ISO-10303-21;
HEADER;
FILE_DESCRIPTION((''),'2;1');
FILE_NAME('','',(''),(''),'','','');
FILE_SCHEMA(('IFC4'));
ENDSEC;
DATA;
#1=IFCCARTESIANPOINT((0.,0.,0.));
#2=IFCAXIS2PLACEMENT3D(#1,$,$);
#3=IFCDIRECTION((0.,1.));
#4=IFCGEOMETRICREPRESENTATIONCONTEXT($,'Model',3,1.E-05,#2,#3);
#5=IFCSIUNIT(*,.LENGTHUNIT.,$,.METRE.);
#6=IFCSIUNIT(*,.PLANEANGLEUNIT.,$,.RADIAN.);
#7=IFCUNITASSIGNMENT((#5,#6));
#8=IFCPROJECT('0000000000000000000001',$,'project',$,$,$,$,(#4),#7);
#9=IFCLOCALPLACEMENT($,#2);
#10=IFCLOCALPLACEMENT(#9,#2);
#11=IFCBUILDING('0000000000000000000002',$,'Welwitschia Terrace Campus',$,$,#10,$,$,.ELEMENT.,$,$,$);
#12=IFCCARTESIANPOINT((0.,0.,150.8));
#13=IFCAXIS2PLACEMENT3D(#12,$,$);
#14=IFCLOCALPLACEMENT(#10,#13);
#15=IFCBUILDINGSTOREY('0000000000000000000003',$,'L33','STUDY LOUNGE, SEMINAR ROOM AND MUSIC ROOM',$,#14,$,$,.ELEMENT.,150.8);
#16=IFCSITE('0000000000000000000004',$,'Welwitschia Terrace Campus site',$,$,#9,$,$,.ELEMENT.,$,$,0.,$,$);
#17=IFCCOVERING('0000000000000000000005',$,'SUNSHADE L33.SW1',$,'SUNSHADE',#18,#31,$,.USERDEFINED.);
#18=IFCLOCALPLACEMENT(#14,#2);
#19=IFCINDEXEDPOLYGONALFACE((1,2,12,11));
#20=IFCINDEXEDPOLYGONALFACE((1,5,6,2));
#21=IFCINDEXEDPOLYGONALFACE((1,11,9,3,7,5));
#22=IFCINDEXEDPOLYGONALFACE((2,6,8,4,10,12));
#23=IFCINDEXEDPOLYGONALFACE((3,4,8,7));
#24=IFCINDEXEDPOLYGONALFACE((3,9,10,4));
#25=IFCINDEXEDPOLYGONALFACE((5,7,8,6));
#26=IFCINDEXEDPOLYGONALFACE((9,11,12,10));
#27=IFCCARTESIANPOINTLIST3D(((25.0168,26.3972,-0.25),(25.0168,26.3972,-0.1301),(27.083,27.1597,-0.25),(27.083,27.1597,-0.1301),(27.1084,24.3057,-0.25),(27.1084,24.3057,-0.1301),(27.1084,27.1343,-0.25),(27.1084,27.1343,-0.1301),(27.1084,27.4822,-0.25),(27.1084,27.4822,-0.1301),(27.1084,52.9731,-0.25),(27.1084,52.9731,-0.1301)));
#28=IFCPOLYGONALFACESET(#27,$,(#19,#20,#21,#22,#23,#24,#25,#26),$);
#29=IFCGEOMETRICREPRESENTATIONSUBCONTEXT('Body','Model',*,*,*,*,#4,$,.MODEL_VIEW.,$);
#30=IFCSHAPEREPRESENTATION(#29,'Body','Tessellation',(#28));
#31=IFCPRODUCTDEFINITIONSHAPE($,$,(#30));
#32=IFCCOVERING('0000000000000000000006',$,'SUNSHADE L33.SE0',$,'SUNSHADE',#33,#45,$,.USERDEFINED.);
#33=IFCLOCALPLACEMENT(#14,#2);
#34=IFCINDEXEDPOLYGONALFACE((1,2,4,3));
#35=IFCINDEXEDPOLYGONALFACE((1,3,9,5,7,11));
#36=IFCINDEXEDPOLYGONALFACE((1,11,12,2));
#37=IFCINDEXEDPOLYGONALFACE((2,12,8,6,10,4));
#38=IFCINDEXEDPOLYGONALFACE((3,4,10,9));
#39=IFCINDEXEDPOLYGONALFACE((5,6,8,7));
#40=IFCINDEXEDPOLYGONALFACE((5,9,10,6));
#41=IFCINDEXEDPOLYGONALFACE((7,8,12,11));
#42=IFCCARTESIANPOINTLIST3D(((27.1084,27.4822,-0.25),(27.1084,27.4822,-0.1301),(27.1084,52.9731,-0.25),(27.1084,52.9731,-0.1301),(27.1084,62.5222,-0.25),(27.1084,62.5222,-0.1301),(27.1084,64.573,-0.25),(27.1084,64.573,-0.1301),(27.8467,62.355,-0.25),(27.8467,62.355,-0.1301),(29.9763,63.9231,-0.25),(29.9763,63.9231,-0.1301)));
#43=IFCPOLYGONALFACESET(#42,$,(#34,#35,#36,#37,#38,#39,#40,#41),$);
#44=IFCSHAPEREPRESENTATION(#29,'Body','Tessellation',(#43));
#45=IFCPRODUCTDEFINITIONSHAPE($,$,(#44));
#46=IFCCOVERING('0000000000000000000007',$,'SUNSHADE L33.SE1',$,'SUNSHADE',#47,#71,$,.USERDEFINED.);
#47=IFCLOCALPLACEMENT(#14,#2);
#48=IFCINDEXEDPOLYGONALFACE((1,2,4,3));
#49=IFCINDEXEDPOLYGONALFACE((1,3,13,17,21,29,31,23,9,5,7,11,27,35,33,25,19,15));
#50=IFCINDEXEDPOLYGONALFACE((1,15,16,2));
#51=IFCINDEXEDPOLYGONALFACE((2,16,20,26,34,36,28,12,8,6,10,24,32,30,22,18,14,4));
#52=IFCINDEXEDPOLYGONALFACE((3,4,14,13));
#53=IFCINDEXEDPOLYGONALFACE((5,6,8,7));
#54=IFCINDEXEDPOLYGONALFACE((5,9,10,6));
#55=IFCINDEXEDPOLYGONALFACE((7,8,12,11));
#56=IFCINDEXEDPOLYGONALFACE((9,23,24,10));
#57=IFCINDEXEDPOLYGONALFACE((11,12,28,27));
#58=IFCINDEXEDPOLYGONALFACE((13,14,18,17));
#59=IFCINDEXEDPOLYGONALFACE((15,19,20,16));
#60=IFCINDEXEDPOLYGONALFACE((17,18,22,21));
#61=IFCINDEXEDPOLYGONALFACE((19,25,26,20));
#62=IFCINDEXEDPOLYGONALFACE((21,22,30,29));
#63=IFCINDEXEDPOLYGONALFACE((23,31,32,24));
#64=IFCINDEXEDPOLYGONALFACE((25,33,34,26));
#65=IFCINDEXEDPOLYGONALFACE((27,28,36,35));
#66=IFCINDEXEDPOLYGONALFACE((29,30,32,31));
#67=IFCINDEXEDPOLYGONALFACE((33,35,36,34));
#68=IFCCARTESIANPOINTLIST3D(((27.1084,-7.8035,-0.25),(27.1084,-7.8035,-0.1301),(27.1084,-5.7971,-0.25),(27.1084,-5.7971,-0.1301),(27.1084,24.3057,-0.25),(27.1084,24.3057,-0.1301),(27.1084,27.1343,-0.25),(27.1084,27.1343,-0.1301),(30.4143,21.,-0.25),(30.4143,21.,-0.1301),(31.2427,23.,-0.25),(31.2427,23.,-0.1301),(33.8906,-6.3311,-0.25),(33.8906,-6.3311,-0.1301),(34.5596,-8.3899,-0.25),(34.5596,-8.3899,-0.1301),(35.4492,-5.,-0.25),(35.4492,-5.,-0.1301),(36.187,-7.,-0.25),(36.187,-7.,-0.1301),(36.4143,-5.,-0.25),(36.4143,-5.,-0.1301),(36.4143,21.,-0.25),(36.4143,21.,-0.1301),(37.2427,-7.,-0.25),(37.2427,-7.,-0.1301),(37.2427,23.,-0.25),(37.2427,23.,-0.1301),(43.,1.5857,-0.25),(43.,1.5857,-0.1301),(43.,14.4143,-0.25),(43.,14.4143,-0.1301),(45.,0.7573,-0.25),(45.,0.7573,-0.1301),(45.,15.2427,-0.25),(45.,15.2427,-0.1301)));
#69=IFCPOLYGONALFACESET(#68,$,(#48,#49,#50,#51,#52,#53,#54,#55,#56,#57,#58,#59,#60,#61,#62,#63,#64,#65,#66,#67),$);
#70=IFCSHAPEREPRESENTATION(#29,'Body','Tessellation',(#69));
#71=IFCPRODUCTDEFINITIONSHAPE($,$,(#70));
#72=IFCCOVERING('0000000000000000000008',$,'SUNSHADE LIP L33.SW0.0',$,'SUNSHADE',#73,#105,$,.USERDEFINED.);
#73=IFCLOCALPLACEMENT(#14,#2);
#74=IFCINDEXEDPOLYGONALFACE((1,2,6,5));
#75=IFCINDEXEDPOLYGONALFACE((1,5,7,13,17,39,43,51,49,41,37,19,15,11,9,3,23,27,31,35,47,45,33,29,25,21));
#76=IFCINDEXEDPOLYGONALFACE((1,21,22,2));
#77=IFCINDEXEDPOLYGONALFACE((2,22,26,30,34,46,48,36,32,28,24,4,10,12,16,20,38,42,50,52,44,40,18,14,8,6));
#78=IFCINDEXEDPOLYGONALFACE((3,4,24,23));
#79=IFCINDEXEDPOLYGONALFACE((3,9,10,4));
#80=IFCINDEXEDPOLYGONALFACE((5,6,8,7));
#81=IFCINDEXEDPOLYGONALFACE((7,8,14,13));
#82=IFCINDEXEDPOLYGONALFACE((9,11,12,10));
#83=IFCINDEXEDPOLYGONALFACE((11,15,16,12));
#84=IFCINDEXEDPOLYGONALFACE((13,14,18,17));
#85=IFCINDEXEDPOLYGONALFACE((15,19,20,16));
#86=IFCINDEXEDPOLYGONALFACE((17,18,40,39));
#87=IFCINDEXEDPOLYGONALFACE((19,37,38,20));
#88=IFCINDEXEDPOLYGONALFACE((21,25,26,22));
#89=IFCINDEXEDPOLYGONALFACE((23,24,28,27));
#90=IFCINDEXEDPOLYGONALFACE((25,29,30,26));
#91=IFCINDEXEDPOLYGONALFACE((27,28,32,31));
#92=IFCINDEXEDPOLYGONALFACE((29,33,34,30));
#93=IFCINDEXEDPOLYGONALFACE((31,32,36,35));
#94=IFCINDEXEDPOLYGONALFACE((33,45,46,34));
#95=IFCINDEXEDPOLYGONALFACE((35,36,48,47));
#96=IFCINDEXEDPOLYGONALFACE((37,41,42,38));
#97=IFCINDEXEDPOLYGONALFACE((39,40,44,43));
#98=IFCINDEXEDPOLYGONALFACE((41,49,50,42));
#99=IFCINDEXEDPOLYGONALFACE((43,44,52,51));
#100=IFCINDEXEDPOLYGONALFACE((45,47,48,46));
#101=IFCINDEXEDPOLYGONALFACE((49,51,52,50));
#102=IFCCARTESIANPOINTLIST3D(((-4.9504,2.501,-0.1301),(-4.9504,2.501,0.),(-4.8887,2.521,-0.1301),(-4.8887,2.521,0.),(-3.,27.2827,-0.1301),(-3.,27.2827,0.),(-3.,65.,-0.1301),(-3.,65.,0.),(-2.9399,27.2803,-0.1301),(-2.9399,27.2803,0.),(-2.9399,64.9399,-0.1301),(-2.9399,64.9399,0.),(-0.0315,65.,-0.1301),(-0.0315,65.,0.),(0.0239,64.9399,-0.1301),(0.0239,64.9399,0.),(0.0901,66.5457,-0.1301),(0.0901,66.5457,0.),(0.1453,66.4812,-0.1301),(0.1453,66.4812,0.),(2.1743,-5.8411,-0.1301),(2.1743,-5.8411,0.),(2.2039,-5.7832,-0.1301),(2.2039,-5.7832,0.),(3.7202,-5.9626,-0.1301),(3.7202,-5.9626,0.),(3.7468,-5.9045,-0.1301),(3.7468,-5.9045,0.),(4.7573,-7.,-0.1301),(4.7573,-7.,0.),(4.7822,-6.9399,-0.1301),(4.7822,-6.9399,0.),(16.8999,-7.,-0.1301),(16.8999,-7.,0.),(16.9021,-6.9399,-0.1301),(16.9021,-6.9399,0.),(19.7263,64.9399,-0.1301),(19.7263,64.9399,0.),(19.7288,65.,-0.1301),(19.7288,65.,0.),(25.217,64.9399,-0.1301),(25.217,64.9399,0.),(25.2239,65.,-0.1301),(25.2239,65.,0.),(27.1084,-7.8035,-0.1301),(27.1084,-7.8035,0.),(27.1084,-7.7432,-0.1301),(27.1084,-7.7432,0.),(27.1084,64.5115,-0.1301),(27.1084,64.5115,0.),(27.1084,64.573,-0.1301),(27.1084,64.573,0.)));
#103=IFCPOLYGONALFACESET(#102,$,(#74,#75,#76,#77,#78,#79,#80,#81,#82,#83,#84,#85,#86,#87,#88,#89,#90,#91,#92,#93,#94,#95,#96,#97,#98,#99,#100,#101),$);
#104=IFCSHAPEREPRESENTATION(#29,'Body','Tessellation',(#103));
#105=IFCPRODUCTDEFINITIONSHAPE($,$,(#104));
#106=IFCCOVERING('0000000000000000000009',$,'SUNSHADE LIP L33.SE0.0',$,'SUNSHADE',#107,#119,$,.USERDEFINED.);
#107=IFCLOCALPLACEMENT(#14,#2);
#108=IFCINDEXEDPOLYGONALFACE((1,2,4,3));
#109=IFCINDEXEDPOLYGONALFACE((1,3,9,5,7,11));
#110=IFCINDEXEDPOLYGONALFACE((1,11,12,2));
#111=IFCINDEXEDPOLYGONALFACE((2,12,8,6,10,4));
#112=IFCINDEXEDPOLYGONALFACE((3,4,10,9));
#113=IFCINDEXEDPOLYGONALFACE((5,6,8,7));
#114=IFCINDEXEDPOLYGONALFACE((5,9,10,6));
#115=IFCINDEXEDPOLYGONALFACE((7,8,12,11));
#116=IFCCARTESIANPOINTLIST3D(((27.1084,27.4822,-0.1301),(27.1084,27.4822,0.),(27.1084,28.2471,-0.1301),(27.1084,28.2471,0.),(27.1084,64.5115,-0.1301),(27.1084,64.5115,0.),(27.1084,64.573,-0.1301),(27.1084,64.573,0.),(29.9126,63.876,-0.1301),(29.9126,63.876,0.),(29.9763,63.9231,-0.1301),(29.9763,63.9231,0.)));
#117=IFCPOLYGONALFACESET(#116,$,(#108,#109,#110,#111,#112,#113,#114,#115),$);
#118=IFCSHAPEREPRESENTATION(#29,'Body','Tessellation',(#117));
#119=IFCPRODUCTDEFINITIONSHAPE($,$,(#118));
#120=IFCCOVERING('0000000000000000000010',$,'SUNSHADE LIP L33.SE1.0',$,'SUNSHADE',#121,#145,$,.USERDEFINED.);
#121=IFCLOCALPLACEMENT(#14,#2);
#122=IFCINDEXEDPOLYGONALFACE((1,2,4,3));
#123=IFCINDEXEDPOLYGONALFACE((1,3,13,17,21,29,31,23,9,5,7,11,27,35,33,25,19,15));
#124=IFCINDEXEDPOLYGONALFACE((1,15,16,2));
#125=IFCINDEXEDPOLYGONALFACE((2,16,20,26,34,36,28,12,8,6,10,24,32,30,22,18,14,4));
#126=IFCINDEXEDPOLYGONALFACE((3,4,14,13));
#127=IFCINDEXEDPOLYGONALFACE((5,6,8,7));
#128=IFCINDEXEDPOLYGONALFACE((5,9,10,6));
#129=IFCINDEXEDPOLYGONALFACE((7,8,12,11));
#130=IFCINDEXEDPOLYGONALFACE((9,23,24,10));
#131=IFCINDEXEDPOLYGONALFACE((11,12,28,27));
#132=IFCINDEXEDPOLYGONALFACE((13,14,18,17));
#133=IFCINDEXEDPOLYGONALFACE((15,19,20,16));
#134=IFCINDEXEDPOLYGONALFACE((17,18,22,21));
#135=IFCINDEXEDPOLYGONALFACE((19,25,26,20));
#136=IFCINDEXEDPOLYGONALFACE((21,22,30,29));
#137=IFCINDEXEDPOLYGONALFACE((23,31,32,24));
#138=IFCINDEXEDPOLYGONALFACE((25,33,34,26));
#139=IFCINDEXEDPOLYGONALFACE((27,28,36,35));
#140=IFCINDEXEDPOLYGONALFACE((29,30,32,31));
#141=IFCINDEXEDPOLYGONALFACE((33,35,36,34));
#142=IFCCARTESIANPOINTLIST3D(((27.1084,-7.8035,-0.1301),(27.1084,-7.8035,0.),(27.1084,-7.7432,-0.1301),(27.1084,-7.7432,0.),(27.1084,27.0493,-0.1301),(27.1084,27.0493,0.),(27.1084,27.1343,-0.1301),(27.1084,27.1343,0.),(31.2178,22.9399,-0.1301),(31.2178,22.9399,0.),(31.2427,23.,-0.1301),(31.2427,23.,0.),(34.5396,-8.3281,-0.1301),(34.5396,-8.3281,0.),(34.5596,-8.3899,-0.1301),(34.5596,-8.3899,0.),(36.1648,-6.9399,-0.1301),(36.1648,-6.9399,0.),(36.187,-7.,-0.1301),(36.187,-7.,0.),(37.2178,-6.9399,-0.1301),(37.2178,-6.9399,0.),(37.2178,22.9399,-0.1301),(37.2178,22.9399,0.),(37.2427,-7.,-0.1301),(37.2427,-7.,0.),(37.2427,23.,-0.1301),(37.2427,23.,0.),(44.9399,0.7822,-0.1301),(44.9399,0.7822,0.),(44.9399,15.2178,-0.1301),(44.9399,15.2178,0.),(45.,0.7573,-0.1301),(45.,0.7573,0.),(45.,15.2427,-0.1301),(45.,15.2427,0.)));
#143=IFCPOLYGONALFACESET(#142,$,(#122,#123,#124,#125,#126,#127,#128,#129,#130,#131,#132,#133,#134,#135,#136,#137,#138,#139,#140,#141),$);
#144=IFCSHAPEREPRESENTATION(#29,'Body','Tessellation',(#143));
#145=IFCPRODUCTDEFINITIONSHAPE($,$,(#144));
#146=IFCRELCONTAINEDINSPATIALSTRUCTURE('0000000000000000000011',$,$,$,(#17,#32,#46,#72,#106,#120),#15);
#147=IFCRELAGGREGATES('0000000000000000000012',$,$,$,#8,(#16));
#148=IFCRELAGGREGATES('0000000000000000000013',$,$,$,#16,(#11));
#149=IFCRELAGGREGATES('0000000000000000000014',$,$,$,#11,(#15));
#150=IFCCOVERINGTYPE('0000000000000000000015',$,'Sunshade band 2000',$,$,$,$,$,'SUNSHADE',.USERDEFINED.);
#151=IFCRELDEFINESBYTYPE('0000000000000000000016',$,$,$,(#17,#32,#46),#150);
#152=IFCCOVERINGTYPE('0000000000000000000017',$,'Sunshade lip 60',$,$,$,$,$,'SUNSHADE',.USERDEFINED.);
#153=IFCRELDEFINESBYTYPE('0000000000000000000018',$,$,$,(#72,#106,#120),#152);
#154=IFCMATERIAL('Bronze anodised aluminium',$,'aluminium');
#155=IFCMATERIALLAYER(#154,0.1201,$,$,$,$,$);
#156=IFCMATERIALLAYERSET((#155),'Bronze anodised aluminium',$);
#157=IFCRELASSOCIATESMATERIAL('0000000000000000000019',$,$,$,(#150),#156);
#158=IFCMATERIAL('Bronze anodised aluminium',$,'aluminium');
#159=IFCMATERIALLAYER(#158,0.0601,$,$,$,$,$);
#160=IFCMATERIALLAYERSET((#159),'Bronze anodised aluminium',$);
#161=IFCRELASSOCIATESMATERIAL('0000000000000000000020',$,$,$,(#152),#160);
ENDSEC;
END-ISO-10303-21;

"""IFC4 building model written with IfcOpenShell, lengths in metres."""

from ifc_helpers import new_model, si_unit, direction, frame, origin, place, context, subcontext, project, spatial, polyline, outline, extrude, material, layer, layer_set, type_object, element, save


model = new_model("IFC4")

# Units and contexts
model_context = context("Model", 3, precision=1e-05, world=origin(), true_north=direction((0.0, 1.0)))
body_context = subcontext(model_context, "Body", "Model", "MODEL_VIEW")
ifc_project = project(units=[si_unit("LENGTHUNIT", "METRE"), si_unit("PLANEANGLEUNIT", "RADIAN")], contexts=[model_context])

# Site, building, storey
site_placement = place(None, origin())
site = spatial("IfcSite", under=ifc_project, at=site_placement, Name="Welwitschia Terrace Campus site", CompositionType="ELEMENT", RefElevation=0.0)
building_placement = place(site_placement, origin())
building = spatial("IfcBuilding", under=site, at=building_placement, Name="Welwitschia Terrace Campus", CompositionType="ELEMENT")
storey_placement = place(building_placement, frame((0.0, 0.0, 150.8)))
storey = spatial("IfcBuildingStorey", under=building, at=storey_placement, Name="L33", Description="STUDY LOUNGE, SEMINAR ROOM AND MUSIC ROOM", CompositionType="ELEMENT", Elevation=150.8)

# Coverings
ifc_material_1 = material(Name="Bronze anodised aluminium", Category="aluminium")
ifc_layer_1 = layer(ifc_material_1, 0.1201)
ifc_layer_set_1 = layer_set([ifc_layer_1], Name="Bronze anodised aluminium")
covering_type_1 = type_object("IfcCoveringType", Name="Sunshade band 2000", ElementType="SUNSHADE", PredefinedType="USERDEFINED", material=ifc_layer_set_1)
covering_1_placement = place(storey_placement, frame((0.0, 0.0, -0.25)))
element("IfcCovering", 1, at=covering_1_placement, inside=storey, type_object=covering_type_1, Name="SUNSHADE L33.SW1", ObjectType="SUNSHADE", PredefinedType="USERDEFINED", context=body_context, shape_type="SweptSolid", body=[
    extrude(outline(polyline([(27.083, 27.1597), (27.1084, 27.1343), (27.1084, 24.3057), (25.0168, 26.3972), (27.1084, 52.9731), (27.1084, 27.4822), (27.083, 27.1597)])), origin(), (0.0, 0.0, 1.0), 0.1199),
])
covering_2_placement = place(storey_placement, frame((0.0, 0.0, -0.25)))
element("IfcCovering", 2, at=covering_2_placement, inside=storey, type_object=covering_type_1, Name="SUNSHADE L33.SE0", ObjectType="SUNSHADE", PredefinedType="USERDEFINED", context=body_context, shape_type="SweptSolid", body=[
    extrude(outline(polyline([(29.9763, 63.9231), (27.1084, 27.4822), (27.1084, 52.9731), (27.8467, 62.355), (27.1084, 62.5222), (27.1084, 64.573), (29.9763, 63.9231)])), origin(), (0.0, 0.0, 1.0), 0.1199),
])
covering_3_placement = place(storey_placement, frame((0.0, 0.0, -0.25)))
element("IfcCovering", 3, at=covering_3_placement, inside=storey, type_object=covering_type_1, Name="SUNSHADE L33.SE1", ObjectType="SUNSHADE", PredefinedType="USERDEFINED", context=body_context, shape_type="SweptSolid", body=[
    extrude(outline(polyline([(31.2427, 23.0), (37.2427, 23.0), (45.0, 15.2427), (45.0, 0.7573), (37.2427, -7.0), (36.187, -7.0), (34.5596, -8.3899), (27.1084, -7.8035), (27.1084, -5.7971), (33.8906, -6.3311), (35.4492, -5.0), (36.4143, -5.0), (43.0, 1.5857), (43.0, 14.4143), (36.4143, 21.0), (30.4143, 21.0), (27.1084, 24.3057), (27.1084, 27.1343), (31.2427, 23.0)])), origin(), (0.0, 0.0, 1.0), 0.1199),
])
ifc_material_2 = material(Name="Bronze anodised aluminium", Category="aluminium")
ifc_layer_2 = layer(ifc_material_2, 0.0601)
ifc_layer_set_2 = layer_set([ifc_layer_2], Name="Bronze anodised aluminium")
covering_type_2 = type_object("IfcCoveringType", Name="Sunshade lip 60", ElementType="SUNSHADE", PredefinedType="USERDEFINED", material=ifc_layer_set_2)
covering_4_placement = place(storey_placement, frame((0.0, 0.0, -0.1301)))
element("IfcCovering", 4, at=covering_4_placement, inside=storey, type_object=covering_type_2, Name="SUNSHADE LIP L33.SW0.0", ObjectType="SUNSHADE", PredefinedType="USERDEFINED", context=body_context, shape_type="SweptSolid", body=[
    extrude(outline(polyline([(19.7288, 65.0), (25.2239, 65.0), (27.1084, 64.573), (27.1084, 64.5115), (25.217, 64.9399), (19.7263, 64.9399), (0.1453, 66.4812), (0.0239, 64.9399), (-2.9399, 64.9399), (-2.9399, 27.2803), (-4.8887, 2.521), (2.2039, -5.7832), (3.7468, -5.9045), (4.7822, -6.9399), (16.9021, -6.9399), (27.1084, -7.7432), (27.1084, -7.8035), (16.8999, -7.0), (4.7573, -7.0), (3.7202, -5.9626), (2.1743, -5.8411), (-4.9504, 2.501), (-3.0, 27.2827), (-3.0, 65.0), (-0.0315, 65.0), (0.0901, 66.5457), (19.7288, 65.0)])), origin(), (0.0, 0.0, 1.0), 0.1301),
])
covering_5_placement = place(storey_placement, frame((0.0, 0.0, -0.1301)))
element("IfcCovering", 5, at=covering_5_placement, inside=storey, type_object=covering_type_2, Name="SUNSHADE LIP L33.SE0.0", ObjectType="SUNSHADE", PredefinedType="USERDEFINED", context=body_context, shape_type="SweptSolid", body=[
    extrude(outline(polyline([(27.1084, 27.4822), (27.1084, 28.2471), (29.9126, 63.876), (27.1084, 64.5115), (27.1084, 64.573), (29.9763, 63.9231), (27.1084, 27.4822)])), origin(), (0.0, 0.0, 1.0), 0.1301),
])
covering_6_placement = place(storey_placement, frame((0.0, 0.0, -0.1301)))
element("IfcCovering", 6, at=covering_6_placement, inside=storey, type_object=covering_type_2, Name="SUNSHADE LIP L33.SE1.0", ObjectType="SUNSHADE", PredefinedType="USERDEFINED", context=body_context, shape_type="SweptSolid", body=[
    extrude(outline(polyline([(37.2427, 23.0), (45.0, 15.2427), (45.0, 0.7573), (37.2427, -7.0), (36.187, -7.0), (34.5596, -8.3899), (27.1084, -7.8035), (27.1084, -7.7432), (34.5396, -8.3281), (36.1648, -6.9399), (37.2178, -6.9399), (44.9399, 0.7822), (44.9399, 15.2178), (37.2178, 22.9399), (31.2178, 22.9399), (27.1084, 27.0493), (27.1084, 27.1343), (31.2427, 23.0), (37.2427, 23.0)])), origin(), (0.0, 0.0, 1.0), 0.1301),
])

save(model, "model.ifc")
